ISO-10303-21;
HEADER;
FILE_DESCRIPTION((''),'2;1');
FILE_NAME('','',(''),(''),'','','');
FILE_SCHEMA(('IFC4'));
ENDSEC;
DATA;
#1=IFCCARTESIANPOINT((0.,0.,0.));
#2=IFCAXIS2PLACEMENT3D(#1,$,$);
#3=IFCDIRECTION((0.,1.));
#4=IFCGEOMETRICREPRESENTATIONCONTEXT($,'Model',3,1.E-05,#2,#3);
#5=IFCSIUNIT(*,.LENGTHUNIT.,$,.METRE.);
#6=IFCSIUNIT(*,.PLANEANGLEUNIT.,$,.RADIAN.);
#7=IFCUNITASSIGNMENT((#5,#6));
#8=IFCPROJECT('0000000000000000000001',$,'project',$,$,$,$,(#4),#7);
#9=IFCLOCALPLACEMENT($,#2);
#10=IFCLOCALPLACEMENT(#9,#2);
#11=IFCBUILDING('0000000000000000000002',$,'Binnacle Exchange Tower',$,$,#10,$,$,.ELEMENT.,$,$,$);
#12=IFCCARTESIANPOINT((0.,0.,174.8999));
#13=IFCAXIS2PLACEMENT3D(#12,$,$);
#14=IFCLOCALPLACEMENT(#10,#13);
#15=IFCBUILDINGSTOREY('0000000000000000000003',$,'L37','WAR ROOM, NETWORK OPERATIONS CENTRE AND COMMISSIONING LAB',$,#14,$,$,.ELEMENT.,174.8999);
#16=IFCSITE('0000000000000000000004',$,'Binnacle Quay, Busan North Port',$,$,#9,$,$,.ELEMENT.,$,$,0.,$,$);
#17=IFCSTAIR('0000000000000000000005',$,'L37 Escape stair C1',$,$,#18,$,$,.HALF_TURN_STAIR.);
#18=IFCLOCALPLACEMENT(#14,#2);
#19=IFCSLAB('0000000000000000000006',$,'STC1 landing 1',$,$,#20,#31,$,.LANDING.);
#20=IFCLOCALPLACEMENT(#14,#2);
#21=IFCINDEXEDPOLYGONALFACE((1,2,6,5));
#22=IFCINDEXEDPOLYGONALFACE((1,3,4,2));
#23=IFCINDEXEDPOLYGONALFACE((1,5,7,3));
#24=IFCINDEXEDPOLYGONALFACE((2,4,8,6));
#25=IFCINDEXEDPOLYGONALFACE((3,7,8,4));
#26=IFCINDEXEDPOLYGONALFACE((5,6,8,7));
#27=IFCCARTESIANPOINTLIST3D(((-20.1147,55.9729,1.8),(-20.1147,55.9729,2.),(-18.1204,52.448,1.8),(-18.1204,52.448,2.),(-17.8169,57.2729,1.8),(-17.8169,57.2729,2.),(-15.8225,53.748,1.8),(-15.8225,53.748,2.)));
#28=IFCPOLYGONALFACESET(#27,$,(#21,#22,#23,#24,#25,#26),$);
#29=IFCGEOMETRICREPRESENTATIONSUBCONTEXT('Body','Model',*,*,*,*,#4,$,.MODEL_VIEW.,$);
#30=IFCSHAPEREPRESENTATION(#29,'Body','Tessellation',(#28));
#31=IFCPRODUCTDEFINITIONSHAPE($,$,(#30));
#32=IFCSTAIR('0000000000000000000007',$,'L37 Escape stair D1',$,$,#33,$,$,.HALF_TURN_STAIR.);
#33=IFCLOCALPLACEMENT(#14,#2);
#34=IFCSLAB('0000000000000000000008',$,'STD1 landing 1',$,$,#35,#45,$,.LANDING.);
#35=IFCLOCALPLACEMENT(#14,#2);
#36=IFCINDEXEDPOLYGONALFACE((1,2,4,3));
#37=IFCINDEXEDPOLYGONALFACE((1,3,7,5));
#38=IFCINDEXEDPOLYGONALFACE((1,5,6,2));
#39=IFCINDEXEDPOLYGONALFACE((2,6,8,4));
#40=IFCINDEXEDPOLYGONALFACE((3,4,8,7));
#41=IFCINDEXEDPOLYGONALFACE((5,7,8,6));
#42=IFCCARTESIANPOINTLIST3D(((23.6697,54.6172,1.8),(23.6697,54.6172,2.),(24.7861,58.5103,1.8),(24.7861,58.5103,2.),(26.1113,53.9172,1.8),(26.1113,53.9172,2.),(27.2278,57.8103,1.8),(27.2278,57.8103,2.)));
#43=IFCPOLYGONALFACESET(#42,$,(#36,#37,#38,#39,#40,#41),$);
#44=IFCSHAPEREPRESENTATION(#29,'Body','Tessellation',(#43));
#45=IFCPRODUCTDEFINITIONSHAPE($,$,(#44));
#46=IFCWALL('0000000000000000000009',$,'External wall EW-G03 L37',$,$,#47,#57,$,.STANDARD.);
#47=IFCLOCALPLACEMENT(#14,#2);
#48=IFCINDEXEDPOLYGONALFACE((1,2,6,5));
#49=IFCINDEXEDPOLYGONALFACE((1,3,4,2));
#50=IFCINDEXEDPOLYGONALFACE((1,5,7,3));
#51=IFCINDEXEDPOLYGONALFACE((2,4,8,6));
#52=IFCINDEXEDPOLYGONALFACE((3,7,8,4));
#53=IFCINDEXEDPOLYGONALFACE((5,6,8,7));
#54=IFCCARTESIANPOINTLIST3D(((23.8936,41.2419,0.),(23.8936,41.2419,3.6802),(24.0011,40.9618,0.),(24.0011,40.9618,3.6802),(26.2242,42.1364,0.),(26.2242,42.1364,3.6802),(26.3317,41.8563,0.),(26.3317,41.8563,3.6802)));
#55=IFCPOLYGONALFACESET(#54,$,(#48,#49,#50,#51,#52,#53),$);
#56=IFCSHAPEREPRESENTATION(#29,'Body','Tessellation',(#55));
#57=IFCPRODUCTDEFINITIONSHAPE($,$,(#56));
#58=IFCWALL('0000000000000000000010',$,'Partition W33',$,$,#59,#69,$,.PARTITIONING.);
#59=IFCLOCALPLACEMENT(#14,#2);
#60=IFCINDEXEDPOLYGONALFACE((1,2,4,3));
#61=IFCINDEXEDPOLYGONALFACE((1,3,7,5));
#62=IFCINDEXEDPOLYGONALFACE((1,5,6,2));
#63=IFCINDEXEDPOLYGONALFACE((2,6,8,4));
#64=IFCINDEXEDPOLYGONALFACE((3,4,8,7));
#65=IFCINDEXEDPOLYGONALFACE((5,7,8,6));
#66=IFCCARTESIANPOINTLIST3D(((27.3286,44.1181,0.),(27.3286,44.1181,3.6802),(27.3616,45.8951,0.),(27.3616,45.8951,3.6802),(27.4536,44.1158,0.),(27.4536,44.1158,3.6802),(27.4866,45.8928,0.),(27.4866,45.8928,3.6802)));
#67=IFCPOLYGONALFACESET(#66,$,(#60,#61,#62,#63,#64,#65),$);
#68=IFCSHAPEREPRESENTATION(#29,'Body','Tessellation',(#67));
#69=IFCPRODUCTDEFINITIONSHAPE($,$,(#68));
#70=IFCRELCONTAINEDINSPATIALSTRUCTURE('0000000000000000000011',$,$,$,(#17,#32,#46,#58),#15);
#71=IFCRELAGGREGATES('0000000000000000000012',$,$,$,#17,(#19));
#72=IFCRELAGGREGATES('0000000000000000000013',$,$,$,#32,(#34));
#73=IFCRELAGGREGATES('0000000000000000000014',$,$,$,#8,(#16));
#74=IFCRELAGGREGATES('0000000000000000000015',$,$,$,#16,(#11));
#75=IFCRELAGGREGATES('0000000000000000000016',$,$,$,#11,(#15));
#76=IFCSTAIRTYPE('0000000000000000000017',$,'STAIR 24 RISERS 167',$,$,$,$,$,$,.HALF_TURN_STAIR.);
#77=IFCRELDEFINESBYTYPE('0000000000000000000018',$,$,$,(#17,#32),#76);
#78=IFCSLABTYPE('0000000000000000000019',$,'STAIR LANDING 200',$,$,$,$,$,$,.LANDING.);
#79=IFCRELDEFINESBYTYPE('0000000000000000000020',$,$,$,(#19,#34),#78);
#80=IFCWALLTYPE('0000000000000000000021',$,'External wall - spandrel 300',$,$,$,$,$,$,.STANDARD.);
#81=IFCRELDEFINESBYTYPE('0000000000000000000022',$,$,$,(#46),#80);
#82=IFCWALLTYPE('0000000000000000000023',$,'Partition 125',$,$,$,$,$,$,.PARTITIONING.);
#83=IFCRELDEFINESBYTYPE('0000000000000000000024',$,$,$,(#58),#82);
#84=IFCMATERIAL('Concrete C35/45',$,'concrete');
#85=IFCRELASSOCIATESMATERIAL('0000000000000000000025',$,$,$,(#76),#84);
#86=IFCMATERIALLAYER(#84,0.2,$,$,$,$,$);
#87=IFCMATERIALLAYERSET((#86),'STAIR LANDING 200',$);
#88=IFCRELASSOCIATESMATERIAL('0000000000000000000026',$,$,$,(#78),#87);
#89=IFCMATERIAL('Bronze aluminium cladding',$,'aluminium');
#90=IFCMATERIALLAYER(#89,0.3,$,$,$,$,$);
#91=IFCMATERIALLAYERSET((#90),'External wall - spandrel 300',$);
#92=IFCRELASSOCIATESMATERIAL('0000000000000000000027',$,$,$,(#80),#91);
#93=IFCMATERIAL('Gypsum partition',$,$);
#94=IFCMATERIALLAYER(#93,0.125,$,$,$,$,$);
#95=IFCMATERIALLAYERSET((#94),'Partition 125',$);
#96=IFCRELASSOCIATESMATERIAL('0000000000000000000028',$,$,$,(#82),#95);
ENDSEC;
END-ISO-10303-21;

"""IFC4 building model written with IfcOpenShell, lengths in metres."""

from ifc_helpers import new_model, si_unit, direction, frame, frame_2d, origin, place, context, subcontext, project, spatial, polyline, rectangle, outline, extrude, material, layer, layer_set, type_object, element, aggregate, save


model = new_model("IFC4")

# Units and contexts
model_context = context("Model", 3, precision=1e-05, world=origin(), true_north=direction((0.0, 1.0)))
body_context = subcontext(model_context, "Body", "Model", "MODEL_VIEW")
ifc_project = project(units=[si_unit("LENGTHUNIT", "METRE"), si_unit("PLANEANGLEUNIT", "RADIAN")], contexts=[model_context])

# Site, building, storey
site_placement = place(None, origin())
site = spatial("IfcSite", under=ifc_project, at=site_placement, Name="Binnacle Quay, Busan North Port", CompositionType="ELEMENT", RefElevation=0.0)
building_placement = place(site_placement, origin())
building = spatial("IfcBuilding", under=site, at=building_placement, Name="Binnacle Exchange Tower", CompositionType="ELEMENT")
storey_placement = place(building_placement, frame((0.0, 0.0, 174.8999)))
storey = spatial("IfcBuildingStorey", under=building, at=storey_placement, Name="L37", Description="WAR ROOM, NETWORK OPERATIONS CENTRE AND COMMISSIONING LAB", CompositionType="ELEMENT", Elevation=174.8999)

# Shared definitions
ifc_material_1 = material(Name="Concrete C35/45", Category="concrete")

# Stairs, slabs
stair_type = type_object("IfcStairType", Name="STAIR 24 RISERS 167", PredefinedType="HALF_TURN_STAIR", material=ifc_material_1)
ifc_layer_1 = layer(ifc_material_1, 0.2)
ifc_layer_set_1 = layer_set([ifc_layer_1], Name="STAIR LANDING 200")
slab_type_1 = type_object("IfcSlabType", Name="STAIR LANDING 200", PredefinedType="LANDING", material=ifc_layer_set_1)
stair_1_placement = place(storey_placement, origin())
stair_1 = element("IfcStair", 1, at=stair_1_placement, inside=storey, type_object=stair_type, Name="L37 Escape stair C1", PredefinedType="HALF_TURN_STAIR")
slab_1_placement = place(storey_placement, frame((0.0, 0.0, 1.8)))
slab_1 = element("IfcSlab", 2, at=slab_1_placement, type_object=slab_type_1, Name="STC1 landing 1", PredefinedType="LANDING", context=body_context, shape_type="SweptSolid", body=[
    extrude(outline(polyline([(-18.1204, 52.448), (-15.8225, 53.748), (-17.8169, 57.2729), (-20.1147, 55.9729), (-18.1204, 52.448)])), origin(), (0.0, 0.0, 1.0), 0.2),
])
aggregate(stair_1, [slab_1])
stair_2_placement = place(storey_placement, origin())
stair_2 = element("IfcStair", 3, at=stair_2_placement, inside=storey, type_object=stair_type, Name="L37 Escape stair D1", PredefinedType="HALF_TURN_STAIR")
slab_2_placement = place(storey_placement, frame((0.0, 0.0, 1.8)))
slab_2 = element("IfcSlab", 4, at=slab_2_placement, type_object=slab_type_1, Name="STD1 landing 1", PredefinedType="LANDING", context=body_context, shape_type="SweptSolid", body=[
    extrude(outline(polyline([(23.6697, 54.6172), (26.1113, 53.9172), (27.2278, 57.8103), (24.7861, 58.5103), (23.6697, 54.6172)])), origin(), (0.0, 0.0, 1.0), 0.2),
])
aggregate(stair_2, [slab_2])

# Shared definitions
ifc_material_2 = material(Name="Bronze aluminium cladding", Category="aluminium")
ifc_layer_2 = layer(ifc_material_2, 0.3)
ifc_layer_set_2 = layer_set([ifc_layer_2], Name="External wall - spandrel 300")
wall_type_1 = type_object("IfcWallType", Name="External wall - spandrel 300", PredefinedType="STANDARD", material=ifc_layer_set_2)

# Walls
wall_1_placement = place(storey_placement, frame((26.2778, 41.9963, 0.0), z_axis=(0.0, 0.0, 1.0), x_axis=(-0.933592, -0.358337, 0.0)))
element("IfcWall", 5, at=wall_1_placement, inside=storey, type_object=wall_type_1, Name="External wall EW-G03 L37", PredefinedType="STANDARD", context=body_context, shape_type="SweptSolid", body=[
    extrude(rectangle(XDim=2.4963, YDim=0.3, at=frame_2d((1.248, 0.0))), origin(), (0.0, 0.0, 1.0), 3.6802),
])
ifc_material_3 = material(Name="Gypsum partition")
ifc_layer_3 = layer(ifc_material_3, 0.125)
ifc_layer_set_3 = layer_set([ifc_layer_3], Name="Partition 125")
wall_type_2 = type_object("IfcWallType", Name="Partition 125", PredefinedType="PARTITIONING", material=ifc_layer_set_3)
wall_2_placement = place(storey_placement, frame((27.3911, 44.1169, 0.0), z_axis=(0.0, 0.0, 1.0), x_axis=(0.018543, 0.999828, 0.0)))
element("IfcWall", 6, at=wall_2_placement, inside=storey, type_object=wall_type_2, Name="Partition W33", PredefinedType="PARTITIONING", context=body_context, shape_type="SweptSolid", body=[
    extrude(rectangle(XDim=1.7773, YDim=0.125, at=frame_2d((0.8887, 0.0))), origin(), (0.0, 0.0, 1.0), 3.6802),
])

save(model, "model.ifc")
